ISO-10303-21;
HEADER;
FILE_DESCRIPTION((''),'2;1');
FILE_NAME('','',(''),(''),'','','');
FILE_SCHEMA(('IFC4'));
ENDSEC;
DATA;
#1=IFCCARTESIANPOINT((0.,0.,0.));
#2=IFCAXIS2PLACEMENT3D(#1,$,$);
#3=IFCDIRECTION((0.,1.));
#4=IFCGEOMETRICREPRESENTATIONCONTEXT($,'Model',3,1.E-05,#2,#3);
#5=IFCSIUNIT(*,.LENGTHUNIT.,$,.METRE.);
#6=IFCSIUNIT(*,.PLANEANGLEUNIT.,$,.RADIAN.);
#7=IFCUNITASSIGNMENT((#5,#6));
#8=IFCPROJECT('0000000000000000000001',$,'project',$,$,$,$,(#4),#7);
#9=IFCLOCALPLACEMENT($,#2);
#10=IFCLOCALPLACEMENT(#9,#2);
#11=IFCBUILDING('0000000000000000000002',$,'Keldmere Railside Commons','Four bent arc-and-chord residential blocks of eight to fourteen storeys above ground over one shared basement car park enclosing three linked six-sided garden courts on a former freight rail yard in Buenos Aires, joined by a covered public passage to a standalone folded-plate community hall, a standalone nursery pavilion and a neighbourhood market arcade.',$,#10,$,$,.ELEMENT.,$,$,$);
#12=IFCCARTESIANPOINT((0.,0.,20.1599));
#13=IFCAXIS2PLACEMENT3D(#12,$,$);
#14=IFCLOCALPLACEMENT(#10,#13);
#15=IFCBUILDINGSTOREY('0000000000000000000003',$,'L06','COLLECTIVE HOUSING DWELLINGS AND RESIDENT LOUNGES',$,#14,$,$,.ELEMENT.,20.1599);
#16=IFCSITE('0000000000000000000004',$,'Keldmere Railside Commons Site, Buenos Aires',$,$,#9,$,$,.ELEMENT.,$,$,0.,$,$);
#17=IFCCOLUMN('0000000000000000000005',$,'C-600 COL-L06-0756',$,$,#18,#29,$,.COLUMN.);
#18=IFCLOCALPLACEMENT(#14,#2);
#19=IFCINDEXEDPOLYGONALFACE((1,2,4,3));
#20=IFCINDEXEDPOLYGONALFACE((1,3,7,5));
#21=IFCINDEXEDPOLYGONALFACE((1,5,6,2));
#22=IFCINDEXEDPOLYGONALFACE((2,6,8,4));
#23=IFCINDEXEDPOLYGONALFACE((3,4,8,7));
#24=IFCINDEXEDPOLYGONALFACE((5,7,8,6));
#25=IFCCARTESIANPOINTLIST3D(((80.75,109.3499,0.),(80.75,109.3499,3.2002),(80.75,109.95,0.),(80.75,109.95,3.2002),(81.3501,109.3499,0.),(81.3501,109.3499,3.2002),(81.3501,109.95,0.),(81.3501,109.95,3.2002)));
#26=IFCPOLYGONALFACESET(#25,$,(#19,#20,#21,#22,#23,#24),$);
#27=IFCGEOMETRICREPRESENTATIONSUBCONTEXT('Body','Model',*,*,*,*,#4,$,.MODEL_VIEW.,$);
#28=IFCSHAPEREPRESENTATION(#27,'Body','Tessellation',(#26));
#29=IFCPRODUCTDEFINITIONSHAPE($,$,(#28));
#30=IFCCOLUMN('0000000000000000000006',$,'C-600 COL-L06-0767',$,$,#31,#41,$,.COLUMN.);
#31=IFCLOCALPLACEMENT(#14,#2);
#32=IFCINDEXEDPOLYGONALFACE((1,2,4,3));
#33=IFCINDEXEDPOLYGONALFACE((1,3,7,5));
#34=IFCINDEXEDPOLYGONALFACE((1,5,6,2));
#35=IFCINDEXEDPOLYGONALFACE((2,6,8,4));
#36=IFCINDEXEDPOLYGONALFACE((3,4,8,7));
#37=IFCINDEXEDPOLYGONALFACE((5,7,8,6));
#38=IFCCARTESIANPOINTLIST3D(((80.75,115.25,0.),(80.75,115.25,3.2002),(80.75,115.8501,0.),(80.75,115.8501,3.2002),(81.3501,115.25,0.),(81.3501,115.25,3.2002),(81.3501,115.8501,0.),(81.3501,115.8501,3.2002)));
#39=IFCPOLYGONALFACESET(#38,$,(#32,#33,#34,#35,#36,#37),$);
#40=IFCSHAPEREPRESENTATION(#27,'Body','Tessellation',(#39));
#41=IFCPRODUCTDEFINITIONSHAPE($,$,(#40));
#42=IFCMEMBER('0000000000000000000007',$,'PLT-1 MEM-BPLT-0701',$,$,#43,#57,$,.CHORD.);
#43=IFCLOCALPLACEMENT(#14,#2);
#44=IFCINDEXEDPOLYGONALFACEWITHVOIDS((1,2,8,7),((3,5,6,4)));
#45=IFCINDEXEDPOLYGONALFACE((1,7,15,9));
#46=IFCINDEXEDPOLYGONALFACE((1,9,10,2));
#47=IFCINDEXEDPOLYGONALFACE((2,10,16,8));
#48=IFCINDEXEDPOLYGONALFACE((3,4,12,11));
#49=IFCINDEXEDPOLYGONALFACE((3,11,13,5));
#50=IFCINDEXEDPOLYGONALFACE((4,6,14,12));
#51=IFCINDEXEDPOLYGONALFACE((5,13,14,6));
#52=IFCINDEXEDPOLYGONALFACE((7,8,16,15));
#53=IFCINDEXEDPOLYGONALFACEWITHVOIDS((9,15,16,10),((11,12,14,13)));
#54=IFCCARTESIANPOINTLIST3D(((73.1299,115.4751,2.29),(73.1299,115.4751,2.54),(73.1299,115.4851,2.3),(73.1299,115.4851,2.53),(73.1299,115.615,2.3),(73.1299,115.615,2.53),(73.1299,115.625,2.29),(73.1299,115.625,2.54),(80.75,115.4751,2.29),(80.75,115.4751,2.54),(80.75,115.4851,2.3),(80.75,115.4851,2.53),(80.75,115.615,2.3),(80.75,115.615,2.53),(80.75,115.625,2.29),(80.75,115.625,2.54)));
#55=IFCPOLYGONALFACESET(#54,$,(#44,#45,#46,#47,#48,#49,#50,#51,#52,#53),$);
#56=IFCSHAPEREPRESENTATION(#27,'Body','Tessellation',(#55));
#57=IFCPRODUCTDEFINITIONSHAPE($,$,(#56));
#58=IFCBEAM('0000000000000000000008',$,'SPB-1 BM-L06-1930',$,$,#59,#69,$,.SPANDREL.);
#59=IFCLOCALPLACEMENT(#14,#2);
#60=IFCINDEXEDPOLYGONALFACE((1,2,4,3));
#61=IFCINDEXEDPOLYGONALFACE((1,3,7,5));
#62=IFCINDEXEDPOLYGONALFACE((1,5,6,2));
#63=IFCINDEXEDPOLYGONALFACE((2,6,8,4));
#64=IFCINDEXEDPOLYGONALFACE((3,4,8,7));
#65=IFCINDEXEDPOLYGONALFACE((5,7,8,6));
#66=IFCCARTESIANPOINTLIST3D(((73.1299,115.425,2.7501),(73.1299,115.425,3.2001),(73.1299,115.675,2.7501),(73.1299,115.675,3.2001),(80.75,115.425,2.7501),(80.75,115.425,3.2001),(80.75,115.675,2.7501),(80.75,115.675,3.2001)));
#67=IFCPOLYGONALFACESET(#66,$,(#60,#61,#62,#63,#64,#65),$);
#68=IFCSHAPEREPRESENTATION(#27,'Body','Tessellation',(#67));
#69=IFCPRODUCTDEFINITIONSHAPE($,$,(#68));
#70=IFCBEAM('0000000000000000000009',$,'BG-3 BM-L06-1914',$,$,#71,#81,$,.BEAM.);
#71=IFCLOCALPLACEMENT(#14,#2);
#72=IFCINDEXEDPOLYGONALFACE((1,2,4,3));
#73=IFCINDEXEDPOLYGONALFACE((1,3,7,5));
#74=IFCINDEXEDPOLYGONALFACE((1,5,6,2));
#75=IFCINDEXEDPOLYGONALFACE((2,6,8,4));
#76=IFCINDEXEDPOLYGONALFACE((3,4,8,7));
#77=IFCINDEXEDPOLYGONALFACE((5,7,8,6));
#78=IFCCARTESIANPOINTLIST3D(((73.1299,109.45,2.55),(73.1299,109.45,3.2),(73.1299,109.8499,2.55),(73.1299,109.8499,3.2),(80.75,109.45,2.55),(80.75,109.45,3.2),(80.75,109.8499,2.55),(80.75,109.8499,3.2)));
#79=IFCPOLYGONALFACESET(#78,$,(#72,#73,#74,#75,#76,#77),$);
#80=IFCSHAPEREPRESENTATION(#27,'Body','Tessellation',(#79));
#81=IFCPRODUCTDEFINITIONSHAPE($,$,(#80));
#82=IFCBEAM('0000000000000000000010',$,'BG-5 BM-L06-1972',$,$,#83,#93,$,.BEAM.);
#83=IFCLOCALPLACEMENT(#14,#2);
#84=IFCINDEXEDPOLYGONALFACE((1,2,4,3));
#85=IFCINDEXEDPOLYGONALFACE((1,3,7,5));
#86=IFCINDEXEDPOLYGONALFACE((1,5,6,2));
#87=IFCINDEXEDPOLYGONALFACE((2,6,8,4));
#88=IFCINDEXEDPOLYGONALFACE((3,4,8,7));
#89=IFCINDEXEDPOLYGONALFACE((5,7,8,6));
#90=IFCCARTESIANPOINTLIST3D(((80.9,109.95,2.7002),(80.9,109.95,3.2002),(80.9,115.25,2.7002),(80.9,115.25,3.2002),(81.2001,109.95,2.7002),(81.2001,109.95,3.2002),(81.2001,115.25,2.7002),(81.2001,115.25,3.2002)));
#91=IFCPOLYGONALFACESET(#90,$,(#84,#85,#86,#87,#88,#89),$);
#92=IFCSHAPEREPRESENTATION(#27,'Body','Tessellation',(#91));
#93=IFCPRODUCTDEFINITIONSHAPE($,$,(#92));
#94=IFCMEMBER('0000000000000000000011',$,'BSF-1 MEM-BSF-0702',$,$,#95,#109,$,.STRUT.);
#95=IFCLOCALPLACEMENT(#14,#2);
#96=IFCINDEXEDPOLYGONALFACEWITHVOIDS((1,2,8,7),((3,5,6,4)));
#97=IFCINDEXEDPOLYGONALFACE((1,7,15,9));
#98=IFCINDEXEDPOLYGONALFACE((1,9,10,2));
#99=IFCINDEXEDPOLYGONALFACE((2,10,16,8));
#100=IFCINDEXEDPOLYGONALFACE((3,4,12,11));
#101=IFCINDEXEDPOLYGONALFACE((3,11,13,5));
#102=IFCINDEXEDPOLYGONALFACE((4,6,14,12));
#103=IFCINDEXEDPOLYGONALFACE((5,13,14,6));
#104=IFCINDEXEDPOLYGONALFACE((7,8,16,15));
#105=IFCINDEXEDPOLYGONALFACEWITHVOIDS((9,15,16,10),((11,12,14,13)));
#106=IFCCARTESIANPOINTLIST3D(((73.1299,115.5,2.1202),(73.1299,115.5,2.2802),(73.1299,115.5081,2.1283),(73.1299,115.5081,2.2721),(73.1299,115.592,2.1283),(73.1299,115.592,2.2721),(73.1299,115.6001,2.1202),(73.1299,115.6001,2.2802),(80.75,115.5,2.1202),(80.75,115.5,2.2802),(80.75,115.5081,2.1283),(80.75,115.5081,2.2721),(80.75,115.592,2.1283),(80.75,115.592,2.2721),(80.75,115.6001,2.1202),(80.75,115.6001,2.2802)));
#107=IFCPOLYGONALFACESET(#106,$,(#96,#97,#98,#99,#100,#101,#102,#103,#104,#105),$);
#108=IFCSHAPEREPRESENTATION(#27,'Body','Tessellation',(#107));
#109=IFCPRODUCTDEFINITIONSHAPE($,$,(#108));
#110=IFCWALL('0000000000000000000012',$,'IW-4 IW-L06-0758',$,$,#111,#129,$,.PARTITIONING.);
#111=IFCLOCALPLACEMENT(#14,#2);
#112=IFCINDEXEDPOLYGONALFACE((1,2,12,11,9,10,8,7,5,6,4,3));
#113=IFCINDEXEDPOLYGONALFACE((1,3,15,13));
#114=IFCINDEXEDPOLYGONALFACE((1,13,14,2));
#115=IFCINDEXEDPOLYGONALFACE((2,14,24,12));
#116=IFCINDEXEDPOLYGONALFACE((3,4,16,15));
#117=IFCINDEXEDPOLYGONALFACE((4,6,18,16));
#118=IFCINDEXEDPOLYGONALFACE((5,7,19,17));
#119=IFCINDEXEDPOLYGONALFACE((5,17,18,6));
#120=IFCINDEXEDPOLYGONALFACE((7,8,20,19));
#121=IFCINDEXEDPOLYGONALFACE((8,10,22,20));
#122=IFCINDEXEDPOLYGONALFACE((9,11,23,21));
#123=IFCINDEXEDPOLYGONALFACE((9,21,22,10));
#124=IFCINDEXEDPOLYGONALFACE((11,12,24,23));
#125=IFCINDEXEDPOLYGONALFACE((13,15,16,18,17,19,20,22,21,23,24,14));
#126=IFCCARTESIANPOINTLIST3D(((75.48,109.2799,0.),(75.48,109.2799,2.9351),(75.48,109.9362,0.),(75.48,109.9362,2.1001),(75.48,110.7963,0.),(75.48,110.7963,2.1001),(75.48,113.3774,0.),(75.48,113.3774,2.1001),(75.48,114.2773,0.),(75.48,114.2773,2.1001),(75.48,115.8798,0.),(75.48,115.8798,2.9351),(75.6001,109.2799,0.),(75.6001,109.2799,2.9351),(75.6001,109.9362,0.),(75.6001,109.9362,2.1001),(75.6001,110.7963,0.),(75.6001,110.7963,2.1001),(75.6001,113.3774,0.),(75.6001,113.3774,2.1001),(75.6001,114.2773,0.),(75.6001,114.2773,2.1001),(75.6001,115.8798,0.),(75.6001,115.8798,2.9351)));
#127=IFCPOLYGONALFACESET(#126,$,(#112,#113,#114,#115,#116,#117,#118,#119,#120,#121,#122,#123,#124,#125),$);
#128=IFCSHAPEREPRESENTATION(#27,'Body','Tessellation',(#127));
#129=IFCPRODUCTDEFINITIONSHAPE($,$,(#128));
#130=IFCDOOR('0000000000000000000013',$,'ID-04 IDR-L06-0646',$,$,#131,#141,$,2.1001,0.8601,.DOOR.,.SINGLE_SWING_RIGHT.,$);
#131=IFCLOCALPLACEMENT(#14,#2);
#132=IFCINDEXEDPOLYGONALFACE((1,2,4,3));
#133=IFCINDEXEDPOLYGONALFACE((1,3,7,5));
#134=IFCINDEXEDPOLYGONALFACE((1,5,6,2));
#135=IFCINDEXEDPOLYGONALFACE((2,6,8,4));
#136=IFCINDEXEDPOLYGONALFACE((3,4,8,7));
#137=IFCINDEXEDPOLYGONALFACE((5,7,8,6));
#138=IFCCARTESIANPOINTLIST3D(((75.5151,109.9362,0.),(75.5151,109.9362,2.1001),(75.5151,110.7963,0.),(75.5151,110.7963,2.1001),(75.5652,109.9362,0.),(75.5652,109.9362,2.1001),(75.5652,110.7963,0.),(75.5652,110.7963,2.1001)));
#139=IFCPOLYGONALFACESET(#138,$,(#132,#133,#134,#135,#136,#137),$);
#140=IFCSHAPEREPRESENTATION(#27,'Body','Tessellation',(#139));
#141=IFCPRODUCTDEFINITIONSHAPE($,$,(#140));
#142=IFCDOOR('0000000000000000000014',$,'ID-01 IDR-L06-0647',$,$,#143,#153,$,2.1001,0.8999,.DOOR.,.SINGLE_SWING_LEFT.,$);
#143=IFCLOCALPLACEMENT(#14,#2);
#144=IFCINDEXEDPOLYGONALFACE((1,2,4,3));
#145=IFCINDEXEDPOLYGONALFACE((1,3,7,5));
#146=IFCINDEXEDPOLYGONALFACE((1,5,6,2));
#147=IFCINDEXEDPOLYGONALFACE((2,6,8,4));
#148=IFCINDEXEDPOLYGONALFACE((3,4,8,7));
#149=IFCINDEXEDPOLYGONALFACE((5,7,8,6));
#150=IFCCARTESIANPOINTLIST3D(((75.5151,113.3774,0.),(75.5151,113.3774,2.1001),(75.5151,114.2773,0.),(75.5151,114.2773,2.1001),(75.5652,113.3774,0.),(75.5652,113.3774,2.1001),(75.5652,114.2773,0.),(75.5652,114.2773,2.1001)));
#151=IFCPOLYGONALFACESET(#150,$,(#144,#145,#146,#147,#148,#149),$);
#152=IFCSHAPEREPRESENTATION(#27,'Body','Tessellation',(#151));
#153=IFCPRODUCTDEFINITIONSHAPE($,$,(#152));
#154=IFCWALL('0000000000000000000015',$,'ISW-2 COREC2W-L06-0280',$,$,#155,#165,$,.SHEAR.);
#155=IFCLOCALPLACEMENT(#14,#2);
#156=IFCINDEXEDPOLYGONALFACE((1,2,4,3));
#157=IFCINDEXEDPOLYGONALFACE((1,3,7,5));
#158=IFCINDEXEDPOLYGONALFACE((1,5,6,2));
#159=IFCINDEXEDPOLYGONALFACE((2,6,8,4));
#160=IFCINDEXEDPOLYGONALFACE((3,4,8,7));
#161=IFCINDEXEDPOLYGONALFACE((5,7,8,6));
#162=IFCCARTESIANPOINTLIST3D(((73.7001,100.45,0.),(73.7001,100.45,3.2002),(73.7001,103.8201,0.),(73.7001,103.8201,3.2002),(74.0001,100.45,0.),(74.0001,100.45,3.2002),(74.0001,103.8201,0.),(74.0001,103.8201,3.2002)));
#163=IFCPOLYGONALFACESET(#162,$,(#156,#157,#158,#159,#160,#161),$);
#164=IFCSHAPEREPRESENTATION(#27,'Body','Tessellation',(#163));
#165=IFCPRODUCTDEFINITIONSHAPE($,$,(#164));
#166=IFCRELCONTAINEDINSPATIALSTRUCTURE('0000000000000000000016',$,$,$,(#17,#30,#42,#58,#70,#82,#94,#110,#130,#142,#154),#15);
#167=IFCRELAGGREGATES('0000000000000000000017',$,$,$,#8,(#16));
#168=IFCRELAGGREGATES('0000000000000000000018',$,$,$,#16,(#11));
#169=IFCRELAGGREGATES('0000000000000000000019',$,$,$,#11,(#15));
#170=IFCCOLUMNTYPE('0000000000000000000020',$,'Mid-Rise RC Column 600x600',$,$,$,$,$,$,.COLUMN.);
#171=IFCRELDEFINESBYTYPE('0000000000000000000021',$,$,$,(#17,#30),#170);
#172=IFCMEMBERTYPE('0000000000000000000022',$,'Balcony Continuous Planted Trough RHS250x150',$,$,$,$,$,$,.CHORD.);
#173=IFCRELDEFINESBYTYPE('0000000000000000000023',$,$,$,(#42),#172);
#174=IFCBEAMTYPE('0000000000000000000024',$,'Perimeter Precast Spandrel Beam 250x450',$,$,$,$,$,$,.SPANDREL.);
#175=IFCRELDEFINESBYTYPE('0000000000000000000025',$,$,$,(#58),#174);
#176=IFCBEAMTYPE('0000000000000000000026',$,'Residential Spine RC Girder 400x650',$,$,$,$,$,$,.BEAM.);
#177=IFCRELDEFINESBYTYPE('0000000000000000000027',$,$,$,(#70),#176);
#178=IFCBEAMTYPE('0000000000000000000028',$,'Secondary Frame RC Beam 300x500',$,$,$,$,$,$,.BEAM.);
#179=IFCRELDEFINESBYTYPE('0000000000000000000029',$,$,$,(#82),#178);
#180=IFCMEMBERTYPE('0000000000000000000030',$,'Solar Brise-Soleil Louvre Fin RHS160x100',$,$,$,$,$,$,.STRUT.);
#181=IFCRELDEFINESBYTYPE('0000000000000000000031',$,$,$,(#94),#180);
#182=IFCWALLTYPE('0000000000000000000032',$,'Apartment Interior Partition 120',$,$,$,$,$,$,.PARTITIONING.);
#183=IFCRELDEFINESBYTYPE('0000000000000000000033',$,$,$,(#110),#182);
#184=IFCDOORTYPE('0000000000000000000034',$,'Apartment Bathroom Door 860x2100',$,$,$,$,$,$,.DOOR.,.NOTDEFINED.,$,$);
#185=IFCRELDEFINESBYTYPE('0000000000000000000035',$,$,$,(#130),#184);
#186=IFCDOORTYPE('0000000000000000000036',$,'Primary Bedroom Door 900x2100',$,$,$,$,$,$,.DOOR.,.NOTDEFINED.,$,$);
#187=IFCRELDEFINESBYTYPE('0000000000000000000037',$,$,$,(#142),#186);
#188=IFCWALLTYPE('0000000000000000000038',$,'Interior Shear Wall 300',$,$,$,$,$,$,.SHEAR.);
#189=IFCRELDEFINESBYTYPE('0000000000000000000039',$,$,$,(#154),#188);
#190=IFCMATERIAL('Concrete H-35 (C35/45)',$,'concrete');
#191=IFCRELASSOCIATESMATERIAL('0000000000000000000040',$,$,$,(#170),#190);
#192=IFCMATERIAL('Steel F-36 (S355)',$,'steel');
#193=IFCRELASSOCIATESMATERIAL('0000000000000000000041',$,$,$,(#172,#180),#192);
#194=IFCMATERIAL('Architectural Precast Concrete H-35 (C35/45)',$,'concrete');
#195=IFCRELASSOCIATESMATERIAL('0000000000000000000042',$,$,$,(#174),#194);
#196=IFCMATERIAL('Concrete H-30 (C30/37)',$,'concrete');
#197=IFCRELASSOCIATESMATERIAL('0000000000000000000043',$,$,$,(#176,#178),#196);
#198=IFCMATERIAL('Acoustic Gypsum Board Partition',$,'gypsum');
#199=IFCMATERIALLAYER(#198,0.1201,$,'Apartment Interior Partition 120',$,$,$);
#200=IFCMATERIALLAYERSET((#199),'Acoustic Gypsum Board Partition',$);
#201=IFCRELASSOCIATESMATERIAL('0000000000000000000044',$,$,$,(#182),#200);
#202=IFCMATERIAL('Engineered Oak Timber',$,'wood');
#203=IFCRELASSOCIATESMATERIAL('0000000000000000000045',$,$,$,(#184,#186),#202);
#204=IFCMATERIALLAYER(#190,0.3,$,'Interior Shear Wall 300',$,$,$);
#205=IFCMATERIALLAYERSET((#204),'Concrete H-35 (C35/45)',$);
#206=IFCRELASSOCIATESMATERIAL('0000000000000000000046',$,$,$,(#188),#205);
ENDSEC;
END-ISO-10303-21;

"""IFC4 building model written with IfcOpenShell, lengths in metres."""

from ifc_helpers import new_model, si_unit, direction, frame, frame_2d, origin, origin_2d, place, context, subcontext, project, spatial, rectangle, hollow_rectangle, extrude, material, layer, layer_set, material_profile, profile_set, type_object, element, fill, save


model = new_model("IFC4")

# Units and contexts
model_context = context("Model", 3, precision=1e-05, world=origin(), true_north=direction((0.0, 1.0)))
body_context = subcontext(model_context, "Body", "Model", "MODEL_VIEW")
ifc_project = project(units=[si_unit("LENGTHUNIT", "METRE"), si_unit("PLANEANGLEUNIT", "RADIAN")], contexts=[model_context])

# Site, building, storey
site_placement = place(None, origin())
site = spatial("IfcSite", under=ifc_project, at=site_placement, Name="Keldmere Railside Commons Site, Buenos Aires", CompositionType="ELEMENT", RefElevation=0.0)
building_placement = place(site_placement, origin())
building = spatial("IfcBuilding", under=site, at=building_placement, Name="Keldmere Railside Commons", Description="Four bent arc-and-chord residential blocks of eight to fourteen storeys above ground over one shared basement car park enclosing three linked six-sided garden courts on a former freight rail yard in Buenos Aires, joined by a covered public passage to a standalone folded-plate community hall, a standalone nursery pavilion and a neighbourhood market arcade.", CompositionType="ELEMENT")
storey_placement = place(building_placement, frame((0.0, 0.0, 20.1599)))
storey = spatial("IfcBuildingStorey", under=building, at=storey_placement, Name="L06", Description="COLLECTIVE HOUSING DWELLINGS AND RESIDENT LOUNGES", CompositionType="ELEMENT", Elevation=20.1599)

# Columns
ifc_material_1 = material(Name="Concrete H-35 (C35/45)", Category="concrete")
ifc_material_profile_1 = material_profile(ifc_material_1, rectangle(XDim=0.6001, YDim=0.6001, at=origin_2d()), Name="RC-600x600")
ifc_profile_set_1 = profile_set([ifc_material_profile_1], Name="Concrete H-35 (C35/45)")
column_type = type_object("IfcColumnType", Name="Mid-Rise RC Column 600x600", PredefinedType="COLUMN", material=ifc_profile_set_1)
for number, where, z_axis, x_axis, name in (
    (1, (81.05, 109.6499, 0.0), (0.0, 0.0, 1.0), (1.0, 0.0, 0.0), "C-600 COL-L06-0756"),
    (2, (81.05, 115.55, 0.0), (0.0, 0.0, 1.0), (1.0, 0.0, 0.0), "C-600 COL-L06-0767"),
):
    element("IfcColumn", number, at=place(storey_placement, frame(where, z_axis=z_axis, x_axis=x_axis)), inside=storey, type_object=column_type, Name=name, PredefinedType="COLUMN", context=body_context, shape_type="SweptSolid", body=[
        extrude(rectangle(XDim=0.6001, YDim=0.6001, at=origin_2d()), origin(), (0.0, 0.0, 1.0), 3.2002),
    ])

# Member
ifc_material_2 = material(Name="Steel F-36 (S355)", Category="steel")
ifc_material_profile_2 = material_profile(ifc_material_2, hollow_rectangle(XDim=0.1499, YDim=0.25, WallThickness=0.01, at=origin_2d()), Name="RHS-250x150x10")
ifc_profile_set_2 = profile_set([ifc_material_profile_2], Name="Steel F-36 (S355)")
member_type_1 = type_object("IfcMemberType", Name="Balcony Continuous Planted Trough RHS250x150", PredefinedType="CHORD", material=ifc_profile_set_2)
member_1_placement = place(storey_placement, frame((73.1299, 115.55, 2.415), z_axis=(1.0, 0.0, 0.0), x_axis=(0.0, 1.0, 0.0)))
element("IfcMember", 3, at=member_1_placement, inside=storey, type_object=member_type_1, Name="PLT-1 MEM-BPLT-0701", PredefinedType="CHORD", context=body_context, shape_type="SweptSolid", body=[
    extrude(hollow_rectangle(XDim=0.1499, YDim=0.25, WallThickness=0.01, at=origin_2d()), origin(), (0.0, 0.0, 1.0), 7.6201),
])

# Beams
ifc_material_3 = material(Name="Architectural Precast Concrete H-35 (C35/45)", Category="concrete")
ifc_material_profile_3 = material_profile(ifc_material_3, rectangle(XDim=0.25, YDim=0.45, at=origin_2d()), Name="RC-250x450")
ifc_profile_set_3 = profile_set([ifc_material_profile_3], Name="Architectural Precast Concrete H-35 (C35/45)")
beam_type_1 = type_object("IfcBeamType", Name="Perimeter Precast Spandrel Beam 250x450", PredefinedType="SPANDREL", material=ifc_profile_set_3)
beam_1_placement = place(storey_placement, frame((73.1299, 115.55, 2.9751), z_axis=(1.0, 0.0, 0.0), x_axis=(0.0, 1.0, 0.0)))
element("IfcBeam", 4, at=beam_1_placement, inside=storey, type_object=beam_type_1, Name="SPB-1 BM-L06-1930", PredefinedType="SPANDREL", context=body_context, shape_type="SweptSolid", body=[
    extrude(rectangle(XDim=0.25, YDim=0.45, at=origin_2d()), origin(), (0.0, 0.0, 1.0), 7.6201),
])
ifc_material_4 = material(Name="Concrete H-30 (C30/37)", Category="concrete")
ifc_material_profile_4 = material_profile(ifc_material_4, rectangle(XDim=0.3999, YDim=0.6499, at=origin_2d()), Name="RC-400x650")
ifc_profile_set_4 = profile_set([ifc_material_profile_4], Name="Concrete H-30 (C30/37)")
beam_type_2 = type_object("IfcBeamType", Name="Residential Spine RC Girder 400x650", PredefinedType="BEAM", material=ifc_profile_set_4)
beam_2_placement = place(storey_placement, frame((73.1299, 109.6499, 2.875), z_axis=(1.0, 0.0, 0.0), x_axis=(0.0, 1.0, 0.0)))
element("IfcBeam", 5, at=beam_2_placement, inside=storey, type_object=beam_type_2, Name="BG-3 BM-L06-1914", PredefinedType="BEAM", context=body_context, shape_type="SweptSolid", body=[
    extrude(rectangle(XDim=0.3999, YDim=0.6499, at=origin_2d()), origin(), (0.0, 0.0, 1.0), 7.6201),
])
ifc_material_profile_5 = material_profile(ifc_material_4, rectangle(XDim=0.3, YDim=0.5, at=origin_2d()), Name="RC-300x500")
ifc_profile_set_5 = profile_set([ifc_material_profile_5], Name="Concrete H-30 (C30/37)")
beam_type_3 = type_object("IfcBeamType", Name="Secondary Frame RC Beam 300x500", PredefinedType="BEAM", material=ifc_profile_set_5)
beam_3_placement = place(storey_placement, frame((81.05, 109.95, 2.9502), z_axis=(0.0, 1.0, 0.0), x_axis=(-1.0, 0.0, 0.0)))
element("IfcBeam", 6, at=beam_3_placement, inside=storey, type_object=beam_type_3, Name="BG-5 BM-L06-1972", PredefinedType="BEAM", context=body_context, shape_type="SweptSolid", body=[
    extrude(rectangle(XDim=0.3, YDim=0.5, at=origin_2d()), origin(), (0.0, 0.0, 1.0), 5.3),
])

# Member
ifc_material_profile_6 = material_profile(ifc_material_2, hollow_rectangle(XDim=0.1001, YDim=0.1599, WallThickness=0.0081, at=origin_2d()), Name="RHS-160x100x8")
ifc_profile_set_6 = profile_set([ifc_material_profile_6], Name="Steel F-36 (S355)")
member_type_2 = type_object("IfcMemberType", Name="Solar Brise-Soleil Louvre Fin RHS160x100", PredefinedType="STRUT", material=ifc_profile_set_6)
member_2_placement = place(storey_placement, frame((73.1299, 115.55, 2.2002), z_axis=(1.0, 0.0, 0.0), x_axis=(0.0, 1.0, 0.0)))
element("IfcMember", 7, at=member_2_placement, inside=storey, type_object=member_type_2, Name="BSF-1 MEM-BSF-0702", PredefinedType="STRUT", context=body_context, shape_type="SweptSolid", body=[
    extrude(hollow_rectangle(XDim=0.1001, YDim=0.1599, WallThickness=0.0081, at=origin_2d()), origin(), (0.0, 0.0, 1.0), 7.6201),
])

# Wall, openings, doors
ifc_material_5 = material(Name="Acoustic Gypsum Board Partition", Category="gypsum")
ifc_layer_1 = layer(ifc_material_5, 0.1201, Name="Apartment Interior Partition 120")
ifc_layer_set_1 = layer_set([ifc_layer_1], Name="Acoustic Gypsum Board Partition")
wall_type_1 = type_object("IfcWallType", Name="Apartment Interior Partition 120", PredefinedType="PARTITIONING", material=ifc_layer_set_1)
wall_1_placement = place(storey_placement, frame((75.54, 109.28, 0.0), z_axis=(0.0, 0.0, 1.0), x_axis=(0.0, 1.0, 0.0)))
wall_1 = element("IfcWall", 8, at=wall_1_placement, inside=storey, type_object=wall_type_1, Name="IW-4 IW-L06-0758", PredefinedType="PARTITIONING", context=body_context, shape_type="SweptSolid", body=[
    extrude(rectangle(XDim=6.5999, YDim=0.1201, at=frame_2d((3.2998, 0.0))), origin(), (0.0, 0.0, 1.0), 2.9351),
])
opening_1_placement = place(wall_1_placement, frame((0.656, 0.0, 0.0)))
opening_1 = element("IfcOpeningElement", 9, at=opening_1_placement, cuts=wall_1, PredefinedType="OPENING", context=body_context, shape_type="SweptSolid", body=[
    extrude(rectangle(XDim=0.8601, YDim=2.1001, at=frame_2d((0.4302, 1.05))), frame((0.0, 0.0701, 0.0), z_axis=(0.0, -1.0, 0.0), x_axis=(1.0, 0.0, 0.0)), (0.0, 0.0, 1.0), 0.1401),
])
opening_2_placement = place(wall_1_placement, frame((4.0974, 0.0, 0.0)))
opening_2 = element("IfcOpeningElement", 10, at=opening_2_placement, cuts=wall_1, PredefinedType="OPENING", context=body_context, shape_type="SweptSolid", body=[
    extrude(rectangle(XDim=0.8999, YDim=2.1001, at=frame_2d((0.45, 1.05))), frame((0.0, 0.0701, 0.0), z_axis=(0.0, -1.0, 0.0), x_axis=(1.0, 0.0, 0.0)), (0.0, 0.0, 1.0), 0.1401),
])
ifc_material_6 = material(Name="Engineered Oak Timber", Category="wood")
door_type_1 = type_object("IfcDoorType", Name="Apartment Bathroom Door 860x2100", OperationType="NOTDEFINED", PredefinedType="DOOR", material=ifc_material_6)
door_1_placement = place(opening_1_placement, origin())
door_1 = element("IfcDoor", 11, at=door_1_placement, inside=storey, type_object=door_type_1, Name="ID-04 IDR-L06-0646", OperationType="SINGLE_SWING_RIGHT", OverallHeight=2.1001, OverallWidth=0.8601, PredefinedType="DOOR", context=body_context, shape_type="SweptSolid", body=[
    extrude(rectangle(XDim=0.8601, YDim=2.1001, at=frame_2d((0.4302, 1.05))), frame((0.0, 0.0249, 0.0), z_axis=(0.0, -1.0, 0.0), x_axis=(1.0, 0.0, 0.0)), (0.0, 0.0, 1.0), 0.05),
])
fill(opening_1, door_1)
door_type_2 = type_object("IfcDoorType", Name="Primary Bedroom Door 900x2100", OperationType="NOTDEFINED", PredefinedType="DOOR", material=ifc_material_6)
door_2_placement = place(opening_2_placement, origin())
door_2 = element("IfcDoor", 12, at=door_2_placement, inside=storey, type_object=door_type_2, Name="ID-01 IDR-L06-0647", OperationType="SINGLE_SWING_LEFT", OverallHeight=2.1001, OverallWidth=0.8999, PredefinedType="DOOR", context=body_context, shape_type="SweptSolid", body=[
    extrude(rectangle(XDim=0.8999, YDim=2.1001, at=frame_2d((0.45, 1.05))), frame((0.0, 0.0249, 0.0), z_axis=(0.0, -1.0, 0.0), x_axis=(1.0, 0.0, 0.0)), (0.0, 0.0, 1.0), 0.05),
])
fill(opening_2, door_2)

# Wall
ifc_layer_2 = layer(ifc_material_1, 0.3, Name="Interior Shear Wall 300")
ifc_layer_set_2 = layer_set([ifc_layer_2], Name="Concrete H-35 (C35/45)")
wall_type_2 = type_object("IfcWallType", Name="Interior Shear Wall 300", PredefinedType="SHEAR", material=ifc_layer_set_2)
wall_2_placement = place(storey_placement, frame((73.8501, 103.8201, 0.0), z_axis=(0.0, 0.0, 1.0), x_axis=(0.0, -1.0, 0.0)))
element("IfcWall", 13, at=wall_2_placement, inside=storey, type_object=wall_type_2, Name="ISW-2 COREC2W-L06-0280", PredefinedType="SHEAR", context=body_context, shape_type="SweptSolid", body=[
    extrude(rectangle(XDim=3.3701, YDim=0.3, at=frame_2d((1.6851, 0.0))), origin(), (0.0, 0.0, 1.0), 3.2002),
])

save(model, "model.ifc")
